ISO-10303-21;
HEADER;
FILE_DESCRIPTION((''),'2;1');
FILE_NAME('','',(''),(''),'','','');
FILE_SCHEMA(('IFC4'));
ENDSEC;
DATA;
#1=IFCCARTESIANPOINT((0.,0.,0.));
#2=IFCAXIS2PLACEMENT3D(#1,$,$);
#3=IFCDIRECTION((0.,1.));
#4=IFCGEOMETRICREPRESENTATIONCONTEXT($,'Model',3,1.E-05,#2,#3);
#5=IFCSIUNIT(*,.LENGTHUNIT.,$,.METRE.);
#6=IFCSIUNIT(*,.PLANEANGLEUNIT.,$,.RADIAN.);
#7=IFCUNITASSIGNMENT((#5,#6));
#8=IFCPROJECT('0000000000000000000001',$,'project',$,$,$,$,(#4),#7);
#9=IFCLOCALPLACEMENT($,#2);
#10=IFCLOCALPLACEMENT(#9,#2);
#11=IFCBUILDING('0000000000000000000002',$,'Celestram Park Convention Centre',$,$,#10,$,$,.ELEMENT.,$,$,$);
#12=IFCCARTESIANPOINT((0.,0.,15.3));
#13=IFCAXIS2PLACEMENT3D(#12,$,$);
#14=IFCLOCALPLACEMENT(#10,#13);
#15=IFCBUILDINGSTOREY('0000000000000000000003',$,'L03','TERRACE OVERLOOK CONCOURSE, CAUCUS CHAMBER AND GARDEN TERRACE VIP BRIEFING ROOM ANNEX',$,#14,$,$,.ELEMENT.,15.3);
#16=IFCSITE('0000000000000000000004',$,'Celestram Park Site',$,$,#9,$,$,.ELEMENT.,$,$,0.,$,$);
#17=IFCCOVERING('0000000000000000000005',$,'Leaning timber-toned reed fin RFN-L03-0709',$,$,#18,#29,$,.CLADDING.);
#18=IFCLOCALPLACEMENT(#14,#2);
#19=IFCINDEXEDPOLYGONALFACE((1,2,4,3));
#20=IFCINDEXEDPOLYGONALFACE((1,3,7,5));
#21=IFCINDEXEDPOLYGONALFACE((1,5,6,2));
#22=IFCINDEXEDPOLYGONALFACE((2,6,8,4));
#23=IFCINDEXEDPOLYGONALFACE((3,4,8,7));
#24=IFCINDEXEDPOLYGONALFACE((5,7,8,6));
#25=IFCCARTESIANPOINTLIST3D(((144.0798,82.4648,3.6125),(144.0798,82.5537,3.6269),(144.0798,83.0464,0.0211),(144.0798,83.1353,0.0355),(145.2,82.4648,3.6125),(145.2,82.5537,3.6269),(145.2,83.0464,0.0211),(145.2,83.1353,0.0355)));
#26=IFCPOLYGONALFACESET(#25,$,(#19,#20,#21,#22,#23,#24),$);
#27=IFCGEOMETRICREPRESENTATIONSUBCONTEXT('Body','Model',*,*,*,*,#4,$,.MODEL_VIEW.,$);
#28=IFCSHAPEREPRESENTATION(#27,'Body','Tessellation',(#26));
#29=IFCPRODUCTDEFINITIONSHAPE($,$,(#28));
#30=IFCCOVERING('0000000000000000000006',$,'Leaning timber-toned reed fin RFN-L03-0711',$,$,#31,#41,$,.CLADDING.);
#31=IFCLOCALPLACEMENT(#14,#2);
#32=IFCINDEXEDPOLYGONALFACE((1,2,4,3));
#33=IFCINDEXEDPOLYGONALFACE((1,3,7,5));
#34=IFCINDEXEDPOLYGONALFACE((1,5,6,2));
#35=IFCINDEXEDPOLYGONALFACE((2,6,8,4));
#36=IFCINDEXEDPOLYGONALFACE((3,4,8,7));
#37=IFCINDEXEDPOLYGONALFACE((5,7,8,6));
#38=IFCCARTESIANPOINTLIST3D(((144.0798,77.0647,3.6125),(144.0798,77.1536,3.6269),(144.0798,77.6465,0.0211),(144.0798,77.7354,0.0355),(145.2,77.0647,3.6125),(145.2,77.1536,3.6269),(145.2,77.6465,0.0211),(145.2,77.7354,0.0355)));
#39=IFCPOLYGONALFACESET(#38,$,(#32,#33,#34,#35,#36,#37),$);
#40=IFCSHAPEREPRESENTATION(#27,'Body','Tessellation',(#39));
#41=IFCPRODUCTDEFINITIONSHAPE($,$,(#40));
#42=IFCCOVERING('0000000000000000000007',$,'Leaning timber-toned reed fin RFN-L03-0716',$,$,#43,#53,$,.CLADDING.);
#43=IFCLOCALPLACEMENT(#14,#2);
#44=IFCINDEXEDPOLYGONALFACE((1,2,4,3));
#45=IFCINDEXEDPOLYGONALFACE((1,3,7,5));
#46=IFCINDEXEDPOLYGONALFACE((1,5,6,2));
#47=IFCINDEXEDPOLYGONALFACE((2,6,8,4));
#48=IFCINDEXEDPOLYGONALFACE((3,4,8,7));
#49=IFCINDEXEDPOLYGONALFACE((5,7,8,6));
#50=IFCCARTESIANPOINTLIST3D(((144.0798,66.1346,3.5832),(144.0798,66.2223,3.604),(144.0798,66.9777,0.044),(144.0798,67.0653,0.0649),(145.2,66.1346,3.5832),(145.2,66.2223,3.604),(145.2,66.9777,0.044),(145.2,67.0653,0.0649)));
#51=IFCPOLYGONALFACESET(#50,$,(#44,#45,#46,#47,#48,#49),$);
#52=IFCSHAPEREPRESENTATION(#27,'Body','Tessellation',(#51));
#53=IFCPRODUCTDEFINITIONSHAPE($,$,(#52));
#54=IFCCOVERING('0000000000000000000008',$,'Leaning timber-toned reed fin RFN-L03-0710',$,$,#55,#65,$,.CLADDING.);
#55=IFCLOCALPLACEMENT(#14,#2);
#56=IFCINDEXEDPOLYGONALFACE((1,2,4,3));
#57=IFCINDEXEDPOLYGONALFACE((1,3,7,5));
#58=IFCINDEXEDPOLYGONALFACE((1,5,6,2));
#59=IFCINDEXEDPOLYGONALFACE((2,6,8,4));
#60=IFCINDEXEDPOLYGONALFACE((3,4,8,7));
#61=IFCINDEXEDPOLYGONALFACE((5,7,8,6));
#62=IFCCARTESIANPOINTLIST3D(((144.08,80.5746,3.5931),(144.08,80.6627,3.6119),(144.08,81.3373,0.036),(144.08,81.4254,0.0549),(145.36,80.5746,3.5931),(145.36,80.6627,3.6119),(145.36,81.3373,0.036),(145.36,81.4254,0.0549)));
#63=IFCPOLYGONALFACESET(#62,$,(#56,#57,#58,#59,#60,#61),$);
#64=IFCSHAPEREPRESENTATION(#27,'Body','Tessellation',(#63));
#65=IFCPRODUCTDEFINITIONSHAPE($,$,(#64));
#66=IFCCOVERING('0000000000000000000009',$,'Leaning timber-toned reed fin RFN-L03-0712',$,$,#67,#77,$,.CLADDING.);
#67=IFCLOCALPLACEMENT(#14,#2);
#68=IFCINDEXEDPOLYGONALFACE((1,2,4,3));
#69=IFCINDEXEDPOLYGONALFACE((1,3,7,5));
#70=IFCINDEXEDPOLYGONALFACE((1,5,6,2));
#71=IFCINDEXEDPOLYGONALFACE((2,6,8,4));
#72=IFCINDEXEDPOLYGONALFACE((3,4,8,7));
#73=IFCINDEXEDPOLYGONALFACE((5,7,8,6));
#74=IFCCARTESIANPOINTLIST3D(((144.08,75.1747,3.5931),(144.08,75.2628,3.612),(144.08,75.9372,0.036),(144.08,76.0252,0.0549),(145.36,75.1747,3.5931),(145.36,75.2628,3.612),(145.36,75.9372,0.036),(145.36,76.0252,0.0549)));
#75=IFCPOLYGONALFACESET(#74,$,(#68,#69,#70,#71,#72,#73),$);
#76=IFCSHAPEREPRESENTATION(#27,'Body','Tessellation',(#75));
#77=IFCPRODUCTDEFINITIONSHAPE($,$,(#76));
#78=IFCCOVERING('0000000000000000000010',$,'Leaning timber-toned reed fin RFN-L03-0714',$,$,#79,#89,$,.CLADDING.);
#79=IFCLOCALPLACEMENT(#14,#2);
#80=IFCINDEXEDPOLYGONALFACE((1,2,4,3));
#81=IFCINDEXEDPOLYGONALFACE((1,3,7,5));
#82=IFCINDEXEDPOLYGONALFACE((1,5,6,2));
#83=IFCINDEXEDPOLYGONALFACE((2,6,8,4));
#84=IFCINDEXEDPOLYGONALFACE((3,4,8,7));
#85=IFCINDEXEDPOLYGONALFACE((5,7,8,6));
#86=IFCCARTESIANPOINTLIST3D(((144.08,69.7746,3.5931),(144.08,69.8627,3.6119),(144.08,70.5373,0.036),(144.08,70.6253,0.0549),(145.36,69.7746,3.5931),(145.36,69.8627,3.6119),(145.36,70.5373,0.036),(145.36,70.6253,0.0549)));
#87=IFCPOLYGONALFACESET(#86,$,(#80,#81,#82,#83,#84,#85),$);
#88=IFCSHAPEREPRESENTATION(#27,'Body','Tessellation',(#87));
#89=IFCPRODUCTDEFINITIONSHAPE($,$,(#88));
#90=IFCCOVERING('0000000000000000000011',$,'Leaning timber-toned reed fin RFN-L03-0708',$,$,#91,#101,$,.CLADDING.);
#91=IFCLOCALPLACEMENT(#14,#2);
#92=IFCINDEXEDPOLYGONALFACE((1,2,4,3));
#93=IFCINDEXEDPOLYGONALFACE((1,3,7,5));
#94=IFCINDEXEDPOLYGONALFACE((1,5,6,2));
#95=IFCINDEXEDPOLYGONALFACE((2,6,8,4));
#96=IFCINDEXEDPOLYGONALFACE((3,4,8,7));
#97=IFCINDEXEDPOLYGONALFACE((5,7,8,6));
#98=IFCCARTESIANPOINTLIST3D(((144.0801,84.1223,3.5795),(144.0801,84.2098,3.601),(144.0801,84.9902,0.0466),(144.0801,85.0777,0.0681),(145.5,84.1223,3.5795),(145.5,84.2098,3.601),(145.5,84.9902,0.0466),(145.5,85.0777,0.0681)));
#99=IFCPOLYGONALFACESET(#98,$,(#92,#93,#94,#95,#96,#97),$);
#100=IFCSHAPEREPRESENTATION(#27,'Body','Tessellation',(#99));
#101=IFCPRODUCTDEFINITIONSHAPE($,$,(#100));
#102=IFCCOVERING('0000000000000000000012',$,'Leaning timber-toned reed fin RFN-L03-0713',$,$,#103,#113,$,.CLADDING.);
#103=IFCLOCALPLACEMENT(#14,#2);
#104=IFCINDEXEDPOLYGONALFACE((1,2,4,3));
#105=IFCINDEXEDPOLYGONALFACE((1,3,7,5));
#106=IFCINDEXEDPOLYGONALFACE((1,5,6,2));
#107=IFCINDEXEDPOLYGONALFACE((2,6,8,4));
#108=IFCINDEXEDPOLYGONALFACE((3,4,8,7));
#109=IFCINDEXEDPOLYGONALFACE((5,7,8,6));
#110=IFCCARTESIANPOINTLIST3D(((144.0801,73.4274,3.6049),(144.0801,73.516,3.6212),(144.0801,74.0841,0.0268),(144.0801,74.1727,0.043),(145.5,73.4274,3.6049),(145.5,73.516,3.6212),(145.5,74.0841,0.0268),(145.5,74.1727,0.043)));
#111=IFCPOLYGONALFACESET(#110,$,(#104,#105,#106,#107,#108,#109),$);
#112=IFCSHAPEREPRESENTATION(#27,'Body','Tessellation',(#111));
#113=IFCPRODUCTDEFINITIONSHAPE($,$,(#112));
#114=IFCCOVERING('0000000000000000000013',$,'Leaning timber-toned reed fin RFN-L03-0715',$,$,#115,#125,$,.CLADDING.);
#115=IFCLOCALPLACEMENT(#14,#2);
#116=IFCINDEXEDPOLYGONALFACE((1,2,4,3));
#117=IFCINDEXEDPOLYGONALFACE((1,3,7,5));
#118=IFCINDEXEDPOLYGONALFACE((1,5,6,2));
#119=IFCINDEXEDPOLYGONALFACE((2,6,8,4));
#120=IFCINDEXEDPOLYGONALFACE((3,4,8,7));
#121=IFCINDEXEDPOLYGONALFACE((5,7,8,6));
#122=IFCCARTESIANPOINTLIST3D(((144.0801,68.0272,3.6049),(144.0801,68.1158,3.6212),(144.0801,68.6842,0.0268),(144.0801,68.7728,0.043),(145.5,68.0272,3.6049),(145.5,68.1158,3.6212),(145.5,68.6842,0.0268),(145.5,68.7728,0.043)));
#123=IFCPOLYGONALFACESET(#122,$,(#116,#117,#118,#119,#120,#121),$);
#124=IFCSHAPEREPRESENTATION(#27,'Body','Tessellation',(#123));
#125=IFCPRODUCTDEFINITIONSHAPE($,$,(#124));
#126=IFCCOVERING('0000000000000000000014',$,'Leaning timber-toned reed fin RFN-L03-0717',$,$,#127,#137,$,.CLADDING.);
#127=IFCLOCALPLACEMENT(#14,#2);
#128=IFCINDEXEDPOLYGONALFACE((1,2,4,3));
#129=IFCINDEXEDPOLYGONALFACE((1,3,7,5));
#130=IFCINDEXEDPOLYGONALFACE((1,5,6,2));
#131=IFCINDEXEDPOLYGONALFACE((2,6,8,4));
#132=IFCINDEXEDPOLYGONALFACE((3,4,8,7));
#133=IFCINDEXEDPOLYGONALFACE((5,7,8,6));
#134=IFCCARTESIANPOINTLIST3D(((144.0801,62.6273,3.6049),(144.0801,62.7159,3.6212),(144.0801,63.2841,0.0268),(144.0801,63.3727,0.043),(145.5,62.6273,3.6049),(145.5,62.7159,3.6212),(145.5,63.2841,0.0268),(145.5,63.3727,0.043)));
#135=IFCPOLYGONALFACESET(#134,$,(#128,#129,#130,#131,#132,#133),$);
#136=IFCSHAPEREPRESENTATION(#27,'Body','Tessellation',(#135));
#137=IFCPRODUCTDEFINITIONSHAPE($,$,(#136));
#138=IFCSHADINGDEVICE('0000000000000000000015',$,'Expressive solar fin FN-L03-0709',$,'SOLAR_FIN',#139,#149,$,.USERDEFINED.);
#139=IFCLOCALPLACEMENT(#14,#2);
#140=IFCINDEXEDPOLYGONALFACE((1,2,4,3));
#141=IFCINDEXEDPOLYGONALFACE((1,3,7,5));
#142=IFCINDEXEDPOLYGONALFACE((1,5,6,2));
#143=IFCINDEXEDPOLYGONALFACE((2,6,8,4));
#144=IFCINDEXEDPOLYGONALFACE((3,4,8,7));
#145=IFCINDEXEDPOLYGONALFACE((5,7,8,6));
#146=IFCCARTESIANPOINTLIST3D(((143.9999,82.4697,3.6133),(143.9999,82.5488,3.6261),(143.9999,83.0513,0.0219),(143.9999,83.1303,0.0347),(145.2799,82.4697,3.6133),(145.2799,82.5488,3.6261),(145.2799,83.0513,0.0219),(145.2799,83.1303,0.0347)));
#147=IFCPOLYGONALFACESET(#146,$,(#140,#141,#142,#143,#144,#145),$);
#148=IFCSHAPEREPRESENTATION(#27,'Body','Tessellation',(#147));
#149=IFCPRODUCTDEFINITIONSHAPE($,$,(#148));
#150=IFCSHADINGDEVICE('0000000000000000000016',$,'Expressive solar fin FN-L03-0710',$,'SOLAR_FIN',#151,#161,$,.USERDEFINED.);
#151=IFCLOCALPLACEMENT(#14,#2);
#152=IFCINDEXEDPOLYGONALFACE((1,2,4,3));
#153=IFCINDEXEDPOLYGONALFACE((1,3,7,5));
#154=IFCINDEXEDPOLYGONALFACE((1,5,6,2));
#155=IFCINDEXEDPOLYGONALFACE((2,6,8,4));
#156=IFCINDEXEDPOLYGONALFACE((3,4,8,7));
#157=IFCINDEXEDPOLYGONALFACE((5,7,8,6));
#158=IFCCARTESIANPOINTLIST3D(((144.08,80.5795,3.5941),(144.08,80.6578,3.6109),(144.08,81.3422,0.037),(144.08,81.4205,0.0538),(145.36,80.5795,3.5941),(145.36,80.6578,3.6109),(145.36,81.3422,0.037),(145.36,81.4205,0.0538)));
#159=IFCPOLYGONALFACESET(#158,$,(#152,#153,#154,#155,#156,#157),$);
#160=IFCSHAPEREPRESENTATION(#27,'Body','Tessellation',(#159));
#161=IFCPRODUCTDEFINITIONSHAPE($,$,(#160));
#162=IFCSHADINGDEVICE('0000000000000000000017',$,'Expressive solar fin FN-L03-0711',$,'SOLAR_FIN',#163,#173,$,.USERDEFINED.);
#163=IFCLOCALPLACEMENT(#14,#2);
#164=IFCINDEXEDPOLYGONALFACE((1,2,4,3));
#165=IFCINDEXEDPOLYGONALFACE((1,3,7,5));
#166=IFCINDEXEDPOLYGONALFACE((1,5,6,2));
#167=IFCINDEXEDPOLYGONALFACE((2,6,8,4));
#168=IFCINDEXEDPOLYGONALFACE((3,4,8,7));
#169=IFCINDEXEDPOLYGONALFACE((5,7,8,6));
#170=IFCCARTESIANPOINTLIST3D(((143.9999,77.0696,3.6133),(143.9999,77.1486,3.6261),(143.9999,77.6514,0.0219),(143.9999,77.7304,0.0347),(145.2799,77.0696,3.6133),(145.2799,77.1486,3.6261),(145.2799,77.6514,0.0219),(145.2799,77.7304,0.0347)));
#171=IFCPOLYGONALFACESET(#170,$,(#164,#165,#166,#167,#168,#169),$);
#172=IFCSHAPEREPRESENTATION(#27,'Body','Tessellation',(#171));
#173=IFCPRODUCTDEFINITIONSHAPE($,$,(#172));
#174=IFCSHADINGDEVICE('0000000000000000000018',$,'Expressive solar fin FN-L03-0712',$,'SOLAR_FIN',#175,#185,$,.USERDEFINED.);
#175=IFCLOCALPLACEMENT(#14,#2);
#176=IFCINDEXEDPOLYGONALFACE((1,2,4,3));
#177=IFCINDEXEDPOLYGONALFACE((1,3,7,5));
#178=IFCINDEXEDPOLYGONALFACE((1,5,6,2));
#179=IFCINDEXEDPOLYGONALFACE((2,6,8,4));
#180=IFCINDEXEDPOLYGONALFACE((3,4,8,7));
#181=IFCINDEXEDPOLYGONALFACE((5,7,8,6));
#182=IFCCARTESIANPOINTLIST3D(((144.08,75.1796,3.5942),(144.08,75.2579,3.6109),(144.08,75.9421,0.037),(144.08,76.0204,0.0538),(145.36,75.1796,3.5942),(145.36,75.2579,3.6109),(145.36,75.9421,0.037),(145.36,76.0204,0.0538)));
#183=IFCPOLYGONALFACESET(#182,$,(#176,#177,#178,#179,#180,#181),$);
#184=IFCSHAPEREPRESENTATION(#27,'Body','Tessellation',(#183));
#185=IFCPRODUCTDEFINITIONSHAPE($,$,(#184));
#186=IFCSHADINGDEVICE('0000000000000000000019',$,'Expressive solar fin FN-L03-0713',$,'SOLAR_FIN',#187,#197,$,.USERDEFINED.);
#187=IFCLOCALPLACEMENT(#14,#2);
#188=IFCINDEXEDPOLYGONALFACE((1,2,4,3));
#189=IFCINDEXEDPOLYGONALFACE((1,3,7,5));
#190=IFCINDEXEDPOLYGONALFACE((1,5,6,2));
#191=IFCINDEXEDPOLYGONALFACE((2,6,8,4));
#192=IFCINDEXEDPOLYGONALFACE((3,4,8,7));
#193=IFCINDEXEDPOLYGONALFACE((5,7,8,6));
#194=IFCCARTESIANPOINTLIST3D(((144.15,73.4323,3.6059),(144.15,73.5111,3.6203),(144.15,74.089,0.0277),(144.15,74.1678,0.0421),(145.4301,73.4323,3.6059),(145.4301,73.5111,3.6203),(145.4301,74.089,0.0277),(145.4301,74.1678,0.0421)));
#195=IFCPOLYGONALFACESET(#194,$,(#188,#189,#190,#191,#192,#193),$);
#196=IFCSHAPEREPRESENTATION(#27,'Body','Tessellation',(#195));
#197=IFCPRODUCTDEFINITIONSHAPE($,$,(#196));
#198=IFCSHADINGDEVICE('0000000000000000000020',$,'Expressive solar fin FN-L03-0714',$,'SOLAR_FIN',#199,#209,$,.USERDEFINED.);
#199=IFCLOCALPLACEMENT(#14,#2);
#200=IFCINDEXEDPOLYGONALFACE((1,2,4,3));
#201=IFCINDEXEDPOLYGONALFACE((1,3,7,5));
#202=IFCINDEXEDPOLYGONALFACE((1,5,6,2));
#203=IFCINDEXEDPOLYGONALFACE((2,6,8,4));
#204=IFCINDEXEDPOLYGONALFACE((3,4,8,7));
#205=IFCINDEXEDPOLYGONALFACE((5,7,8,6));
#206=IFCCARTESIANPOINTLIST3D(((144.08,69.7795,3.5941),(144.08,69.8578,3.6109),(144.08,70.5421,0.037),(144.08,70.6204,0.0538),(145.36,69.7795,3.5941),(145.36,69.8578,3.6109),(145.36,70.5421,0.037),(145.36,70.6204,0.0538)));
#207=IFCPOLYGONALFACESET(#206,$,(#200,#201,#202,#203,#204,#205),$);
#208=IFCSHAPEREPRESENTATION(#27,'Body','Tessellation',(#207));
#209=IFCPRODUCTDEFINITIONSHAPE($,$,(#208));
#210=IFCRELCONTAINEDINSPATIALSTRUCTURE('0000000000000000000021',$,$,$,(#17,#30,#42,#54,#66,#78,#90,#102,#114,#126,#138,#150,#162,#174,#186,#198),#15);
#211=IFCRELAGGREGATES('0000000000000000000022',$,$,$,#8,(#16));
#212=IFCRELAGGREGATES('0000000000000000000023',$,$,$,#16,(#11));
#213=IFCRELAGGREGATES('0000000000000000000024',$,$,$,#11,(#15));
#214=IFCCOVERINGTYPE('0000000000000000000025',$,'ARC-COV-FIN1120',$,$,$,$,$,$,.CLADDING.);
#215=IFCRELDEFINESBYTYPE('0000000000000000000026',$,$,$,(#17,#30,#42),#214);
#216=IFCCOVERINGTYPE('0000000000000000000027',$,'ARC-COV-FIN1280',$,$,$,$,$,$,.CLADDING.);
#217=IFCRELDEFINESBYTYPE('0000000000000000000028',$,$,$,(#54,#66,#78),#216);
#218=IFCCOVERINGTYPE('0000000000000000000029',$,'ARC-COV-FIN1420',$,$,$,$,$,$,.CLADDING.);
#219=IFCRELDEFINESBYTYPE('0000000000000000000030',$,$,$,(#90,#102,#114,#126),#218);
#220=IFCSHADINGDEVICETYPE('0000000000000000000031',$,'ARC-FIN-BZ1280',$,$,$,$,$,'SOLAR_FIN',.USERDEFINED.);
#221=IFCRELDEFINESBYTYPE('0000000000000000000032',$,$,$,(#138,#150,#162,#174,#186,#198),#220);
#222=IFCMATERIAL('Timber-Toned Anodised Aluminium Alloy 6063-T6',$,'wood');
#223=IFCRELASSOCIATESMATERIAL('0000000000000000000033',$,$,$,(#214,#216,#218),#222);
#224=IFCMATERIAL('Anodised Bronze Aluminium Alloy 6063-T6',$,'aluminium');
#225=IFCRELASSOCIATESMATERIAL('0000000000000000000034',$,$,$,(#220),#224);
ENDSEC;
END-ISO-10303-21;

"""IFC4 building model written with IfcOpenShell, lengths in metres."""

from ifc_helpers import new_model, si_unit, direction, frame, origin, origin_2d, place, context, subcontext, project, spatial, rectangle, extrude, material, material_profile, profile_set, type_object, element, save


model = new_model("IFC4")

# Units and contexts
model_context = context("Model", 3, precision=1e-05, world=origin(), true_north=direction((0.0, 1.0)))
body_context = subcontext(model_context, "Body", "Model", "MODEL_VIEW")
ifc_project = project(units=[si_unit("LENGTHUNIT", "METRE"), si_unit("PLANEANGLEUNIT", "RADIAN")], contexts=[model_context])

# Site, building, storey
site_placement = place(None, origin())
site = spatial("IfcSite", under=ifc_project, at=site_placement, Name="Celestram Park Site", CompositionType="ELEMENT", RefElevation=0.0)
building_placement = place(site_placement, origin())
building = spatial("IfcBuilding", under=site, at=building_placement, Name="Celestram Park Convention Centre", CompositionType="ELEMENT")
storey_placement = place(building_placement, frame((0.0, 0.0, 15.3)))
storey = spatial("IfcBuildingStorey", under=building, at=storey_placement, Name="L03", Description="TERRACE OVERLOOK CONCOURSE, CAUCUS CHAMBER AND GARDEN TERRACE VIP BRIEFING ROOM ANNEX", CompositionType="ELEMENT", Elevation=15.3)

# Coverings
ifc_material_1 = material(Name="Timber-Toned Anodised Aluminium Alloy 6063-T6", Category="wood")
ifc_material_profile_1 = material_profile(ifc_material_1, rectangle(XDim=1.1201, YDim=0.0901, at=origin_2d()), Name="REED1120X90")
ifc_profile_set_1 = profile_set([ifc_material_profile_1], Name="Timber-Toned Anodised Aluminium Alloy 6063-T6")
covering_type_1 = type_object("IfcCoveringType", Name="ARC-COV-FIN1120", PredefinedType="CLADDING", material=ifc_profile_set_1)
for number, where, z_axis, x_axis, name in (
    (1, (144.6399, 83.0908, 0.0283), (0.0, -0.159848, 0.987142), (1.0, 0.0, 0.0), "Leaning timber-toned reed fin RFN-L03-0709"),
    (2, (144.6399, 77.6909, 0.0283), (0.0, -0.159914, 0.987131), (1.0, 0.0, 0.0), "Leaning timber-toned reed fin RFN-L03-0711"),
    (3, (144.6399, 67.0215, 0.0544), (0.0, -0.23172, 0.972782), (1.0, 0.0, 0.0), "Leaning timber-toned reed fin RFN-L03-0716"),
):
    element("IfcCovering", number, at=place(storey_placement, frame(where, z_axis=z_axis, x_axis=x_axis)), inside=storey, type_object=covering_type_1, Name=name, PredefinedType="CLADDING", context=body_context, shape_type="SweptSolid", body=[
        extrude(rectangle(XDim=1.1201, YDim=0.0901, at=origin_2d()), origin(), (0.0, 0.0, 1.0), 3.6382),
    ])
ifc_material_profile_2 = material_profile(ifc_material_1, rectangle(XDim=1.28, YDim=0.0901, at=origin_2d()), Name="REED1280X90")
ifc_profile_set_2 = profile_set([ifc_material_profile_2], Name="Timber-Toned Anodised Aluminium Alloy 6063-T6")
covering_type_2 = type_object("IfcCoveringType", Name="ARC-COV-FIN1280", PredefinedType="CLADDING", material=ifc_profile_set_2)
for number, where, z_axis, x_axis, name in (
    (4, (144.72, 81.3813, 0.0454), (0.0, -0.209648, 0.977777), (1.0, 0.0, 0.0), "Leaning timber-toned reed fin RFN-L03-0710"),
    (5, (144.72, 75.9812, 0.0454), (0.0, -0.209584, 0.977791), (1.0, 0.0, 0.0), "Leaning timber-toned reed fin RFN-L03-0712"),
    (6, (144.72, 70.5813, 0.0454), (0.0, -0.209648, 0.977777), (1.0, 0.0, 0.0), "Leaning timber-toned reed fin RFN-L03-0714"),
):
    element("IfcCovering", number, at=place(storey_placement, frame(where, z_axis=z_axis, x_axis=x_axis)), inside=storey, type_object=covering_type_2, Name=name, PredefinedType="CLADDING", context=body_context, shape_type="SweptSolid", body=[
        extrude(rectangle(XDim=1.28, YDim=0.0901, at=origin_2d()), origin(), (0.0, 0.0, 1.0), 3.6379),
    ])
ifc_material_profile_3 = material_profile(ifc_material_1, rectangle(XDim=1.4199, YDim=0.0901, at=origin_2d()), Name="REED1420X90")
ifc_profile_set_3 = profile_set([ifc_material_profile_3], Name="Timber-Toned Anodised Aluminium Alloy 6063-T6")
covering_type_3 = type_object("IfcCoveringType", Name="ARC-COV-FIN1420", PredefinedType="CLADDING", material=ifc_profile_set_3)
for number, where, z_axis, x_axis, name in (
    (7, (144.79, 85.0339, 0.0574), (0.0, -0.23857, 0.971125), (1.0, 0.0, 0.0), "Leaning timber-toned reed fin RFN-L03-0708"),
    (8, (144.79, 74.1284, 0.0349), (0.0, -0.180527, 0.98357), (1.0, 0.0, 0.0), "Leaning timber-toned reed fin RFN-L03-0713"),
    (9, (144.79, 68.7285, 0.0349), (0.0, -0.180592, 0.983558), (1.0, 0.0, 0.0), "Leaning timber-toned reed fin RFN-L03-0715"),
    (10, (144.79, 63.3284, 0.0349), (0.0, -0.180527, 0.98357), (1.0, 0.0, 0.0), "Leaning timber-toned reed fin RFN-L03-0717"),
):
    element("IfcCovering", number, at=place(storey_placement, frame(where, z_axis=z_axis, x_axis=x_axis)), inside=storey, type_object=covering_type_3, Name=name, PredefinedType="CLADDING", context=body_context, shape_type="SweptSolid", body=[
        extrude(rectangle(XDim=1.4199, YDim=0.0901, at=origin_2d()), origin(), (0.0, 0.0, 1.0), 3.6379),
    ])

# Shading devices
ifc_material_2 = material(Name="Anodised Bronze Aluminium Alloy 6063-T6", Category="aluminium")
ifc_material_profile_4 = material_profile(ifc_material_2, rectangle(XDim=1.28, YDim=0.0801, at=origin_2d()), Name="FIN1280X80")
ifc_profile_set_4 = profile_set([ifc_material_profile_4], Name="Anodised Bronze Aluminium Alloy 6063-T6")
shading_device_type = type_object("IfcShadingDeviceType", Name="ARC-FIN-BZ1280", ElementType="SOLAR_FIN", PredefinedType="USERDEFINED", material=ifc_profile_set_4)
shading_device_1_placement = place(storey_placement, frame((144.6399, 83.0908, 0.0283), z_axis=(0.0, -0.159848, 0.987142), x_axis=(1.0, 0.0, 0.0)))
element("IfcShadingDevice", 11, at=shading_device_1_placement, inside=storey, type_object=shading_device_type, Name="Expressive solar fin FN-L03-0709", ObjectType="SOLAR_FIN", PredefinedType="USERDEFINED", context=body_context, shape_type="SweptSolid", body=[
    extrude(rectangle(XDim=1.28, YDim=0.0801, at=origin_2d()), origin(), (0.0, 0.0, 1.0), 3.6382),
])
shading_device_2_placement = place(storey_placement, frame((144.72, 81.3813, 0.0454), z_axis=(0.0, -0.209648, 0.977777), x_axis=(1.0, 0.0, 0.0)))
element("IfcShadingDevice", 12, at=shading_device_2_placement, inside=storey, type_object=shading_device_type, Name="Expressive solar fin FN-L03-0710", ObjectType="SOLAR_FIN", PredefinedType="USERDEFINED", context=body_context, shape_type="SweptSolid", body=[
    extrude(rectangle(XDim=1.28, YDim=0.0801, at=origin_2d()), origin(), (0.0, 0.0, 1.0), 3.6379),
])
shading_device_3_placement = place(storey_placement, frame((144.6399, 77.6909, 0.0283), z_axis=(0.0, -0.159914, 0.987131), x_axis=(1.0, 0.0, 0.0)))
element("IfcShadingDevice", 13, at=shading_device_3_placement, inside=storey, type_object=shading_device_type, Name="Expressive solar fin FN-L03-0711", ObjectType="SOLAR_FIN", PredefinedType="USERDEFINED", context=body_context, shape_type="SweptSolid", body=[
    extrude(rectangle(XDim=1.28, YDim=0.0801, at=origin_2d()), origin(), (0.0, 0.0, 1.0), 3.6382),
])
for number, where, z_axis, x_axis, name in (
    (14, (144.72, 75.9812, 0.0454), (0.0, -0.209584, 0.977791), (1.0, 0.0, 0.0), "Expressive solar fin FN-L03-0712"),
    (15, (144.79, 74.1284, 0.0349), (0.0, -0.180527, 0.98357), (1.0, 0.0, 0.0), "Expressive solar fin FN-L03-0713"),
    (16, (144.72, 70.5813, 0.0454), (0.0, -0.209648, 0.977777), (1.0, 0.0, 0.0), "Expressive solar fin FN-L03-0714"),
):
    element("IfcShadingDevice", number, at=place(storey_placement, frame(where, z_axis=z_axis, x_axis=x_axis)), inside=storey, type_object=shading_device_type, Name=name, ObjectType="SOLAR_FIN", PredefinedType="USERDEFINED", context=body_context, shape_type="SweptSolid", body=[
        extrude(rectangle(XDim=1.28, YDim=0.0801, at=origin_2d()), origin(), (0.0, 0.0, 1.0), 3.6379),
    ])

save(model, "model.ifc")
